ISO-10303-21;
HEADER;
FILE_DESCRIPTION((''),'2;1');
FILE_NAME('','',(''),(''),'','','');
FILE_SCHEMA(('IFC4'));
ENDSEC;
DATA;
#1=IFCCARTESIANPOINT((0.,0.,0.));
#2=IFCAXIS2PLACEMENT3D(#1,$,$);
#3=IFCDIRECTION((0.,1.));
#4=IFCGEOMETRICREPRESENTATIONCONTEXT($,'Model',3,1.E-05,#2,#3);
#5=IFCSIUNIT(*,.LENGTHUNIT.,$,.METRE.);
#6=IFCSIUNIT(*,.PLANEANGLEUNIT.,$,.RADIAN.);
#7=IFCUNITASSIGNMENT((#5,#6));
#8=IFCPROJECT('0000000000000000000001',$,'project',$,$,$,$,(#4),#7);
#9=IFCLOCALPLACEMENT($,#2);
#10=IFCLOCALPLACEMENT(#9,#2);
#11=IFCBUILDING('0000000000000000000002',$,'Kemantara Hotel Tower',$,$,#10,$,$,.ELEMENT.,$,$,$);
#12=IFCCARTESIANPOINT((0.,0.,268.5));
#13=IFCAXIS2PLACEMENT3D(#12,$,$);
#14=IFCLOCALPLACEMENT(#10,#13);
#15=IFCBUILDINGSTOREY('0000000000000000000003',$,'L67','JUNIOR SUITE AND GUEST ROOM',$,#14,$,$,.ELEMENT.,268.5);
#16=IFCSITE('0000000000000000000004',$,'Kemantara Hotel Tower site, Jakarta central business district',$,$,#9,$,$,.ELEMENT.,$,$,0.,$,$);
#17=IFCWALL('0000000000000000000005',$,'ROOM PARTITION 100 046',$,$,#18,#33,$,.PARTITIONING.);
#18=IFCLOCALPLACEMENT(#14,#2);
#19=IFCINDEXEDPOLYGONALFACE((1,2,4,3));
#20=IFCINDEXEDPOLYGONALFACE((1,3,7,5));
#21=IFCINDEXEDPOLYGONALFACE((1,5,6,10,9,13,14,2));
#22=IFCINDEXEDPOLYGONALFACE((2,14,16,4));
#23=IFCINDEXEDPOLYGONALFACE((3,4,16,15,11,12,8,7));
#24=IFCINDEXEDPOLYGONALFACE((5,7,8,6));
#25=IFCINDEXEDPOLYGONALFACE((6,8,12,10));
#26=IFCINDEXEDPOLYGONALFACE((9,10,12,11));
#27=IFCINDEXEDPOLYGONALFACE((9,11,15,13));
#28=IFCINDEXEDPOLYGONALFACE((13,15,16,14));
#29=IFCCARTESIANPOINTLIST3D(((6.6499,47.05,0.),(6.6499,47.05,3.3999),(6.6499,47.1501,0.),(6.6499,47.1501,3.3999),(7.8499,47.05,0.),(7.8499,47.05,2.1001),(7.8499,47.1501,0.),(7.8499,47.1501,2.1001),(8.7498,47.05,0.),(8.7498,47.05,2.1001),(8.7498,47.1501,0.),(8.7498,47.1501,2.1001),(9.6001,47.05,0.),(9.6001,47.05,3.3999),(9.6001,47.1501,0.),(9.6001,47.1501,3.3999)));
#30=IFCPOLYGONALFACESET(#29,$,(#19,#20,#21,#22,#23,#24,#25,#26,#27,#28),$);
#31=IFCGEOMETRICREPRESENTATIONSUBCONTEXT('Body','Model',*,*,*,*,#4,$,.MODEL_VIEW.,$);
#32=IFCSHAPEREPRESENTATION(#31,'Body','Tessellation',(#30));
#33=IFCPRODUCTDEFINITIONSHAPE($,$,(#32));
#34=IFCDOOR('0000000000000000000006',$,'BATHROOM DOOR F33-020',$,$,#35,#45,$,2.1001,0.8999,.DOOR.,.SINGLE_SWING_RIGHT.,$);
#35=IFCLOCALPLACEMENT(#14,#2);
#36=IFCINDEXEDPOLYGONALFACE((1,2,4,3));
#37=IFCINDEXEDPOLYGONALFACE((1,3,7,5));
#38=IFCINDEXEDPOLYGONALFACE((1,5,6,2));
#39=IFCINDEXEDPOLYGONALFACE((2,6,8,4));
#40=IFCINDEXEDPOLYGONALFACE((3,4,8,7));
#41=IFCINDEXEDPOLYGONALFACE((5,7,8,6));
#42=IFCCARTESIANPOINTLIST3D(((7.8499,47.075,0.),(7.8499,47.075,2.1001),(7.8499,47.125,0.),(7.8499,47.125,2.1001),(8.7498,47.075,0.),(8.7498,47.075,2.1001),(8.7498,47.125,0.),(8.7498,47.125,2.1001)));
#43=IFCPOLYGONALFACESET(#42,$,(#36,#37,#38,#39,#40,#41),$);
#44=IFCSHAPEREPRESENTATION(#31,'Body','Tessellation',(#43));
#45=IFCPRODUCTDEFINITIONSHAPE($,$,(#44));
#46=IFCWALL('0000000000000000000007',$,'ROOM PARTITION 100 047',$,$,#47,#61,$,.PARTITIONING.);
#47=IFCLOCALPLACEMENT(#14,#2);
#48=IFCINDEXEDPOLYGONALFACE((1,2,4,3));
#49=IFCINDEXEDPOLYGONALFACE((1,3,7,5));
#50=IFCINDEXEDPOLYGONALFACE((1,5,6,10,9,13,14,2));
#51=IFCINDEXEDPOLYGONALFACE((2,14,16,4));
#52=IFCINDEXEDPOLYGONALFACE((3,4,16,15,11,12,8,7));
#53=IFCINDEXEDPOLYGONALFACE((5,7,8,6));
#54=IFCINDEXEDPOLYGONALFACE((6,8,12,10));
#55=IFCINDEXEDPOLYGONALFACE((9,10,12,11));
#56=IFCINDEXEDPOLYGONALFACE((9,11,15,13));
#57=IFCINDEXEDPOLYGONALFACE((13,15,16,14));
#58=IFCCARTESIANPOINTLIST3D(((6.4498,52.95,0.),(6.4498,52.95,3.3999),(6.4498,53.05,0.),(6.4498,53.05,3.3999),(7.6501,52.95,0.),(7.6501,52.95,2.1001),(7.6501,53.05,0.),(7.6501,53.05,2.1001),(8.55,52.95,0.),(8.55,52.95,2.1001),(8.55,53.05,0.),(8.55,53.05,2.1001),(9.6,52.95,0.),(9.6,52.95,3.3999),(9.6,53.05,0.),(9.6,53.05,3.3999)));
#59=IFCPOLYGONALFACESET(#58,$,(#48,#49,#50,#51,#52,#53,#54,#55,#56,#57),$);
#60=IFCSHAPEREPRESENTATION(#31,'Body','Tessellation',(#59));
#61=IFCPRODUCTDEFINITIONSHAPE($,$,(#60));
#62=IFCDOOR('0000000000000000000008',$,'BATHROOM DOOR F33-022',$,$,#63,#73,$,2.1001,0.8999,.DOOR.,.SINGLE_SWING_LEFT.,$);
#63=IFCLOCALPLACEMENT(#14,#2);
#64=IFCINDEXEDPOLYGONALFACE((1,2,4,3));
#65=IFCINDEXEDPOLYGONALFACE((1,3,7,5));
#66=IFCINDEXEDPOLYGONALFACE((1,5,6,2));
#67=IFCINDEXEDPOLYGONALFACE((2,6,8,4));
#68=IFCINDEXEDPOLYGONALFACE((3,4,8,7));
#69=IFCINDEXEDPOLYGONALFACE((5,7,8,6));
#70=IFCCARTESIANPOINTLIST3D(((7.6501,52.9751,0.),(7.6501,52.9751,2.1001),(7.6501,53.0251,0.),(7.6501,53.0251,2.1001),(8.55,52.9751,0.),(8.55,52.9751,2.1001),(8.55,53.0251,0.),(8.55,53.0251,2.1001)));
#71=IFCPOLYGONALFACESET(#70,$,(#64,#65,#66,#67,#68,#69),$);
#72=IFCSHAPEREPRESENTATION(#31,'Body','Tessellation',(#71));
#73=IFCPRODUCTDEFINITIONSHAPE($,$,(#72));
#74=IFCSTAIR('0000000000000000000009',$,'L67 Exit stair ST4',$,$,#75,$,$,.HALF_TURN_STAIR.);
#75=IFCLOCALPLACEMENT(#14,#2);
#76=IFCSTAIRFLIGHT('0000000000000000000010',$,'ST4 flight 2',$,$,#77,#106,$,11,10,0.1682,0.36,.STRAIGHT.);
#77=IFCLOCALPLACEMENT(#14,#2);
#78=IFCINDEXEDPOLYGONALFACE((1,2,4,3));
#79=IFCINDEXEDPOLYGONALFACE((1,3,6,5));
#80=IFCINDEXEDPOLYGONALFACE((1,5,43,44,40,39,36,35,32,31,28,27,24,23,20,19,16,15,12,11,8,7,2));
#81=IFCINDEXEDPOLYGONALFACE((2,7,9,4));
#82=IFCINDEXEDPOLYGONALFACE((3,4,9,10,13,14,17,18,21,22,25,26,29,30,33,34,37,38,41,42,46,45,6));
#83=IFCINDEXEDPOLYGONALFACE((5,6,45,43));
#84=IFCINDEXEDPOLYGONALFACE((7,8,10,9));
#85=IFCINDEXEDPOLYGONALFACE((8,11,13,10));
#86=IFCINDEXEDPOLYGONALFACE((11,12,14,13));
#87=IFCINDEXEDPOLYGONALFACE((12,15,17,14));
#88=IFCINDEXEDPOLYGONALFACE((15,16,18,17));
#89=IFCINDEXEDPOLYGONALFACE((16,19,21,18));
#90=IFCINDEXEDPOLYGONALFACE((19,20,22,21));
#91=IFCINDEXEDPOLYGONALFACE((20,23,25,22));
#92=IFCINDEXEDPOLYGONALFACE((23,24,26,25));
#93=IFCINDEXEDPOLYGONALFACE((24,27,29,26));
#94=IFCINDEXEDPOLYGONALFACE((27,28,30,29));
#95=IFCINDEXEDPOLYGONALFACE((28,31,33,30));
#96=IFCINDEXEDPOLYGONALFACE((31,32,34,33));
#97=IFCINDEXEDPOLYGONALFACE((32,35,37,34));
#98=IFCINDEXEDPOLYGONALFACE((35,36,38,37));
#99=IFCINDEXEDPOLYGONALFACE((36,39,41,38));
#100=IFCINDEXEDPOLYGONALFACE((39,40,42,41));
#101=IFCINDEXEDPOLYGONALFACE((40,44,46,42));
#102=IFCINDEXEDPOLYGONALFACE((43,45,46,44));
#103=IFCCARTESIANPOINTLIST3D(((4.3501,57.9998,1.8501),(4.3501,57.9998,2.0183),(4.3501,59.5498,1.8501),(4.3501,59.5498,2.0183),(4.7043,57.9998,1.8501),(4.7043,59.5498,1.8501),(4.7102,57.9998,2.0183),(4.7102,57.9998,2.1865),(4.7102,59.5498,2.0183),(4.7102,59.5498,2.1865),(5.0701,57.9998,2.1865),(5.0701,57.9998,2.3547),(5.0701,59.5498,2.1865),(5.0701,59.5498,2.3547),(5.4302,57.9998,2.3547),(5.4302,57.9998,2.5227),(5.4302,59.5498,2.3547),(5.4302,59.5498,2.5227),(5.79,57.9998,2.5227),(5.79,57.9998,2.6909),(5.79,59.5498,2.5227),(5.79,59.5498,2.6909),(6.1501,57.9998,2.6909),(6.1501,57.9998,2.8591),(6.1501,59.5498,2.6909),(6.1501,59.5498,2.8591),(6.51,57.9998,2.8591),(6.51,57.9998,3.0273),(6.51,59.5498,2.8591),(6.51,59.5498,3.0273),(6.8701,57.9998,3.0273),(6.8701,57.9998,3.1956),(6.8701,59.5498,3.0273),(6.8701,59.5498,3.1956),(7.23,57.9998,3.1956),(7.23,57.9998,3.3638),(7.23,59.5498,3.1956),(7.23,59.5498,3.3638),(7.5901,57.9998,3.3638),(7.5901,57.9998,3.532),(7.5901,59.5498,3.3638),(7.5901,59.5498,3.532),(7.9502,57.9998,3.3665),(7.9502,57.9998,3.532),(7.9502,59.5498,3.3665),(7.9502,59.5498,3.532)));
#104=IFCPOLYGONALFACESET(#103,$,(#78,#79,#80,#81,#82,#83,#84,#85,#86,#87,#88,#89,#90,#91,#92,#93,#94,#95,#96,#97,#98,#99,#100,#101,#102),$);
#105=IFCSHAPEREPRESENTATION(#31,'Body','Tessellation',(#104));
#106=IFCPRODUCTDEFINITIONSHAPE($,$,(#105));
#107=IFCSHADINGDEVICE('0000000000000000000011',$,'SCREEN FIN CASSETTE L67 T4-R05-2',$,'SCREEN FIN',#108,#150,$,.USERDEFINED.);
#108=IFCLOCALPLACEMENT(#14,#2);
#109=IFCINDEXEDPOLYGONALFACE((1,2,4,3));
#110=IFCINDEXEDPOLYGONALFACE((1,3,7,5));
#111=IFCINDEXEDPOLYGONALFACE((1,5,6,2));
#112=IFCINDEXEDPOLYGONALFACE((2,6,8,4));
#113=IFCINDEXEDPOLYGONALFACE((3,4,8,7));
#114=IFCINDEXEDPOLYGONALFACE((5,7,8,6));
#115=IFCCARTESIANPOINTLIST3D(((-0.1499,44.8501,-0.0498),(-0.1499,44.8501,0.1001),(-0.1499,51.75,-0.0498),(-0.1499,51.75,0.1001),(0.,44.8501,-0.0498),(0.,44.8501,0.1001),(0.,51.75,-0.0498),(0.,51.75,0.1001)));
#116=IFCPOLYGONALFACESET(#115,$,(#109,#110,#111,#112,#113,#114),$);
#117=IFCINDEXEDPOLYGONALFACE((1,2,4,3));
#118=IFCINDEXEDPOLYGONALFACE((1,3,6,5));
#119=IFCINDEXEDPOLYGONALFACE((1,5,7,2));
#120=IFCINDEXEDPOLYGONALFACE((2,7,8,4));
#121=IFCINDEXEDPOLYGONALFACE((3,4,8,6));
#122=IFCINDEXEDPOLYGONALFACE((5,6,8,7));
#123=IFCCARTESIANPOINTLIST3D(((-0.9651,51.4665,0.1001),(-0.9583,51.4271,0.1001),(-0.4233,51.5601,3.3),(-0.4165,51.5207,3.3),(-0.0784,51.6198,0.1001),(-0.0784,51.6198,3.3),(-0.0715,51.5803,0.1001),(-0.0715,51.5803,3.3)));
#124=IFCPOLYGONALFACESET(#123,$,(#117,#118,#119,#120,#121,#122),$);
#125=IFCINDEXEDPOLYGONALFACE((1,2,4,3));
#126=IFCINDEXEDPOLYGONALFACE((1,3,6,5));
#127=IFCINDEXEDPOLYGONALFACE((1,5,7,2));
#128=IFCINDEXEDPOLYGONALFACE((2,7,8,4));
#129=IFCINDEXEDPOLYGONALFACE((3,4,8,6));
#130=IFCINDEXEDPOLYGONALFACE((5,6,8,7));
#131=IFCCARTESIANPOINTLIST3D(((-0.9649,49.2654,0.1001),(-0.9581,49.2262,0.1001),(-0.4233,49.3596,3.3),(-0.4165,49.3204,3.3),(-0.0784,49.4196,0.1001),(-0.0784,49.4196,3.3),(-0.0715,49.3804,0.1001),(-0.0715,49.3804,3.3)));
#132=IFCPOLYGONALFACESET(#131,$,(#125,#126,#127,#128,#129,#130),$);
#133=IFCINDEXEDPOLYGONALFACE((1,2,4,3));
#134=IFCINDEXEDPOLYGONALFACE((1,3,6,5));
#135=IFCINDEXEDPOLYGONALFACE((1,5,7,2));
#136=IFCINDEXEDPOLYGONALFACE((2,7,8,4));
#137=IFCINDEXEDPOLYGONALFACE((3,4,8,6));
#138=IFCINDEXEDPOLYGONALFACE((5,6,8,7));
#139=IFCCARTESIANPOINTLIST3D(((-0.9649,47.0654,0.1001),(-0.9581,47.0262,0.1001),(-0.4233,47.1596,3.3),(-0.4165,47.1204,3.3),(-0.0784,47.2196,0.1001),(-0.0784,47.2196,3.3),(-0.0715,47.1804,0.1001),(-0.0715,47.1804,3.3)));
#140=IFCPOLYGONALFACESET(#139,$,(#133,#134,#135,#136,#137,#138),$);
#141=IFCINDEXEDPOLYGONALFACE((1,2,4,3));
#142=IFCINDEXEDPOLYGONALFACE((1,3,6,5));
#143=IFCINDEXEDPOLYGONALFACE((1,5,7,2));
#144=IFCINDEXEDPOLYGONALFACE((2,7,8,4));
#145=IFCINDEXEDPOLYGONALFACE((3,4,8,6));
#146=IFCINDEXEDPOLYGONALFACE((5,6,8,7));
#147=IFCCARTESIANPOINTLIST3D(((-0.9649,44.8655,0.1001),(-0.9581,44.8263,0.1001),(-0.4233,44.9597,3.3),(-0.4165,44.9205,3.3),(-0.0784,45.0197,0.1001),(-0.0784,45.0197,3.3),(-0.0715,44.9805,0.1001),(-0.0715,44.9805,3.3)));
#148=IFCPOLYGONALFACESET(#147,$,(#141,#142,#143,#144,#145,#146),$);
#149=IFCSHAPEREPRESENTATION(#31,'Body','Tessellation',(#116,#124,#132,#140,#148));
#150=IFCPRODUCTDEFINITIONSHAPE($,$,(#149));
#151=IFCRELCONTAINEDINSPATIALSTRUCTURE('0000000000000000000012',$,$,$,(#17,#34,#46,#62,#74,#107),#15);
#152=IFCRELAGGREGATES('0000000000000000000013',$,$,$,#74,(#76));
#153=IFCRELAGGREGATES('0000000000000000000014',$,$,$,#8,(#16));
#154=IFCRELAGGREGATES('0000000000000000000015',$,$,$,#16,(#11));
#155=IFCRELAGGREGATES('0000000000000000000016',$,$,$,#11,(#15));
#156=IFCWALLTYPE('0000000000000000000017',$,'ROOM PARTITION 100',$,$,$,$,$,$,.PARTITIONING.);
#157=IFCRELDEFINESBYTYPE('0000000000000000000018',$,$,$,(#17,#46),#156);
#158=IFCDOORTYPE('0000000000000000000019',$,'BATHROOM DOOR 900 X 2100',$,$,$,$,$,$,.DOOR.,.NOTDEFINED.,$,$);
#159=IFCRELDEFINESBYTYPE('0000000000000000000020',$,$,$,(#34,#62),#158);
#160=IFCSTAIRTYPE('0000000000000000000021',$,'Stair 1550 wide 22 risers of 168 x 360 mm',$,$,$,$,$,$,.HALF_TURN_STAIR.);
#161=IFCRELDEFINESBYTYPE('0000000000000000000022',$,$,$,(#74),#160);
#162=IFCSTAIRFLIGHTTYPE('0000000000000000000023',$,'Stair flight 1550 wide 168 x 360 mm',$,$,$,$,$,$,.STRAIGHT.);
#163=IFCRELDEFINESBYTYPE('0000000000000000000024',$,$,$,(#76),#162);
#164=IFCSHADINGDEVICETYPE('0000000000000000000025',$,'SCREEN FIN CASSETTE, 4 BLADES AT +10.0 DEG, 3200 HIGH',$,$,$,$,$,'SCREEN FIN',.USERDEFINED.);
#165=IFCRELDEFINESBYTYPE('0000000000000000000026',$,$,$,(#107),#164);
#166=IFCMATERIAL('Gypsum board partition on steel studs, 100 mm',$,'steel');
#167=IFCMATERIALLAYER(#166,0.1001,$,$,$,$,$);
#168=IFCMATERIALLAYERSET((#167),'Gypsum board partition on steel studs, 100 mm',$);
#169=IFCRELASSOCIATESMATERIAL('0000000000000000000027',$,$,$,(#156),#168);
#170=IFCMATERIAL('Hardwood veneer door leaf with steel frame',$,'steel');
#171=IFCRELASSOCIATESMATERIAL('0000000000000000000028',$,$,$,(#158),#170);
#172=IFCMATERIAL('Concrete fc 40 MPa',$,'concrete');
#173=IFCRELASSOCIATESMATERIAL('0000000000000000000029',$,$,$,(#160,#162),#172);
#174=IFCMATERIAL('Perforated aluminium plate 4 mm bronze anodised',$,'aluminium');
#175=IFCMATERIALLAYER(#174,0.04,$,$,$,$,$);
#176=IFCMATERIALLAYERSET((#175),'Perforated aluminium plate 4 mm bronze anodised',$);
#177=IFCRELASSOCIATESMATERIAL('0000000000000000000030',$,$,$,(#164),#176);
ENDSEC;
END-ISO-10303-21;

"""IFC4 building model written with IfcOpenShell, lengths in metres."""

from ifc_helpers import new_model, si_unit, direction, frame, frame_2d, origin, origin_2d, place, context, subcontext, project, spatial, polyline, rectangle, outline, extrude, source, transform, mapped, material, layer, layer_set, type_object, element, fill, aggregate, save


model = new_model("IFC4")

# Units and contexts
model_context = context("Model", 3, precision=1e-05, world=origin(), true_north=direction((0.0, 1.0)))
body_context = subcontext(model_context, "Body", "Model", "MODEL_VIEW")
ifc_project = project(units=[si_unit("LENGTHUNIT", "METRE"), si_unit("PLANEANGLEUNIT", "RADIAN")], contexts=[model_context])

# Site, building, storey
site_placement = place(None, origin())
site = spatial("IfcSite", under=ifc_project, at=site_placement, Name="Kemantara Hotel Tower site, Jakarta central business district", CompositionType="ELEMENT", RefElevation=0.0)
building_placement = place(site_placement, origin())
building = spatial("IfcBuilding", under=site, at=building_placement, Name="Kemantara Hotel Tower", CompositionType="ELEMENT")
storey_placement = place(building_placement, frame((0.0, 0.0, 268.5)))
storey = spatial("IfcBuildingStorey", under=building, at=storey_placement, Name="L67", Description="JUNIOR SUITE AND GUEST ROOM", CompositionType="ELEMENT", Elevation=268.5)

# Shared definitions
ifc_material_1 = material(Name="Hardwood veneer door leaf with steel frame", Category="steel")
ifc_material_2 = material(Name="Concrete fc 40 MPa", Category="concrete")

# Shared definitions
ifc_material_3 = material(Name="Gypsum board partition on steel studs, 100 mm", Category="steel")
ifc_layer_1 = layer(ifc_material_3, 0.1001)
ifc_layer_set_1 = layer_set([ifc_layer_1], Name="Gypsum board partition on steel studs, 100 mm")
wall_type_1 = type_object("IfcWallType", Name="ROOM PARTITION 100", PredefinedType="PARTITIONING", material=ifc_layer_set_1)

# Walls, openings, doors
wall_1_placement = place(storey_placement, frame((6.6499, 47.1001, 0.0), z_axis=(0.0, 0.0, 1.0), x_axis=(1.0, 0.0, 0.0)))
wall_1 = element("IfcWall", 1, at=wall_1_placement, inside=storey, type_object=wall_type_1, Name="ROOM PARTITION 100 046", PredefinedType="PARTITIONING", context=body_context, shape_type="SweptSolid", body=[
    extrude(rectangle(XDim=2.9502, YDim=0.1001, at=frame_2d((1.4751, 0.0))), origin(), (0.0, 0.0, 1.0), 3.3999),
])
opening_1_placement = place(wall_1_placement, frame((1.2, 0.0, 0.0)))
opening_1 = element("IfcOpeningElement", 2, at=opening_1_placement, cuts=wall_1, PredefinedType="OPENING", context=body_context, shape_type="SweptSolid", body=[
    extrude(rectangle(XDim=0.8999, YDim=2.1001, at=frame_2d((0.45, 1.05))), frame((0.0, 0.0601, 0.0), z_axis=(0.0, -1.0, 0.0), x_axis=(1.0, 0.0, 0.0)), (0.0, 0.0, 1.0), 0.1201),
])
door_type_1 = type_object("IfcDoorType", Name="BATHROOM DOOR 900 X 2100", OperationType="NOTDEFINED", PredefinedType="DOOR", material=ifc_material_1)
door_1_placement = place(opening_1_placement, origin())
door_1 = element("IfcDoor", 3, at=door_1_placement, inside=storey, type_object=door_type_1, Name="BATHROOM DOOR F33-020", OperationType="SINGLE_SWING_RIGHT", OverallHeight=2.1001, OverallWidth=0.8999, PredefinedType="DOOR", context=body_context, shape_type="SweptSolid", body=[
    extrude(rectangle(XDim=0.8999, YDim=2.1001, at=frame_2d((0.45, 1.05))), frame((0.0, 0.0249, 0.0), z_axis=(0.0, -1.0, 0.0), x_axis=(1.0, 0.0, 0.0)), (0.0, 0.0, 1.0), 0.05),
])
fill(opening_1, door_1)
wall_2_placement = place(storey_placement, frame((9.6001, 53.0, 0.0), z_axis=(0.0, 0.0, 1.0), x_axis=(-1.0, 0.0, 0.0)))
wall_2 = element("IfcWall", 4, at=wall_2_placement, inside=storey, type_object=wall_type_1, Name="ROOM PARTITION 100 047", PredefinedType="PARTITIONING", context=body_context, shape_type="SweptSolid", body=[
    extrude(rectangle(XDim=3.1501, YDim=0.1001, at=frame_2d((1.5752, 0.0))), origin(), (0.0, 0.0, 1.0), 3.3999),
])
opening_2_placement = place(wall_2_placement, frame((1.05, 0.0, 0.0)))
opening_2 = element("IfcOpeningElement", 5, at=opening_2_placement, cuts=wall_2, PredefinedType="OPENING", context=body_context, shape_type="SweptSolid", body=[
    extrude(rectangle(XDim=0.8999, YDim=2.1001, at=frame_2d((0.45, 1.05))), frame((0.0, 0.0601, 0.0), z_axis=(0.0, -1.0, 0.0), x_axis=(1.0, 0.0, 0.0)), (0.0, 0.0, 1.0), 0.1201),
])
door_2_placement = place(opening_2_placement, origin())
door_2 = element("IfcDoor", 6, at=door_2_placement, inside=storey, type_object=door_type_1, Name="BATHROOM DOOR F33-022", OperationType="SINGLE_SWING_LEFT", OverallHeight=2.1001, OverallWidth=0.8999, PredefinedType="DOOR", context=body_context, shape_type="SweptSolid", body=[
    extrude(rectangle(XDim=0.8999, YDim=2.1001, at=frame_2d((0.45, 1.05))), frame((0.0, 0.0249, 0.0), z_axis=(0.0, -1.0, 0.0), x_axis=(1.0, 0.0, 0.0)), (0.0, 0.0, 1.0), 0.05),
])
fill(opening_2, door_2)

# Stair, stair flight
stair_type = type_object("IfcStairType", Name="Stair 1550 wide 22 risers of 168 x 360 mm", PredefinedType="HALF_TURN_STAIR", material=ifc_material_2)
stair_placement = place(storey_placement, origin())
stair = element("IfcStair", 7, at=stair_placement, inside=storey, type_object=stair_type, Name="L67 Exit stair ST4", PredefinedType="HALF_TURN_STAIR")
stair_flight_type = type_object("IfcStairFlightType", Name="Stair flight 1550 wide 168 x 360 mm", PredefinedType="STRAIGHT", material=ifc_material_2)
stair_flight_placement = place(storey_placement, frame((4.3501, 58.7749, 1.8501), z_axis=(0.0, 0.0, 1.0), x_axis=(1.0, 0.0, 0.0)))
stair_flight = element("IfcStairFlight", 8, at=stair_flight_placement, type_object=stair_flight_type, Name="ST4 flight 2", NumberOfRisers=11, NumberOfTreads=10, PredefinedType="STRAIGHT", RiserHeight=0.1682, TreadLength=0.36, context=body_context, shape_type="SweptSolid", body=[
    extrude(outline(polyline([(0.0, 0.0), (0.0, 0.1682), (0.3601, 0.1682), (0.3601, 0.3364), (0.72, 0.3364), (0.72, 0.5046), (1.0801, 0.5046), (1.0801, 0.6726), (1.4399, 0.6726), (1.4399, 0.8408), (1.8, 0.8408), (1.8, 1.009), (2.1599, 1.009), (2.1599, 1.1772), (2.52, 1.1772), (2.52, 1.3455), (2.8799, 1.3455), (2.8799, 1.5137), (3.24, 1.5137), (3.24, 1.6819), (3.6001, 1.6819), (3.6001, 1.8501), (3.6001, 1.5164), (0.3542, 0.0), (0.0, 0.0)])), frame((0.0, 0.7749, 0.0), z_axis=(0.0, -1.0, 0.0), x_axis=(1.0, 0.0, 0.0)), (0.0, 0.0, 1.0), 1.55),
])
aggregate(stair, [stair_flight])

# Shading device
ifc_material_4 = material(Name="Perforated aluminium plate 4 mm bronze anodised", Category="aluminium")
ifc_layer_2 = layer(ifc_material_4, 0.04)
ifc_layer_set_2 = layer_set([ifc_layer_2], Name="Perforated aluminium plate 4 mm bronze anodised")
shading_device_type_1 = type_object("IfcShadingDeviceType", Name="SCREEN FIN CASSETTE, 4 BLADES AT +10.0 DEG, 3200 HIGH", ElementType="SCREEN FIN", PredefinedType="USERDEFINED", material=ifc_layer_set_2)
shared_shape_1 = source(origin(), body_context, "Body", "SweptSolid", [
    extrude(rectangle(XDim=6.8999, YDim=0.1499, at=origin_2d()), frame((3.3, -0.075, -0.1499), z_axis=(0.0, 0.0, 1.0), x_axis=(1.0, 0.0, 0.0)), (0.0, 0.0, 1.0), 0.1499),
    extrude(outline(polyline([(0.0, 0.0), (0.8999, 0.0), (0.3501, 3.2), (0.0, 3.2), (0.0, 0.0)])), frame((0.0198, -0.0715, 0.0), z_axis=(-0.98539, -0.170314, 0.0), x_axis=(0.170314, -0.98539, 0.0)), (0.0, 0.0, 1.0), 0.04),
    extrude(outline(polyline([(0.0, 0.0), (0.8999, 0.0), (0.3501, 3.2), (0.0, 3.2), (0.0, 0.0)])), frame((2.2197, -0.0715, 0.0), z_axis=(-0.985212, -0.171341, 0.0), x_axis=(0.171341, -0.985212, 0.0)), (0.0, 0.0, 1.0), 0.0398),
    extrude(outline(polyline([(0.0, 0.0), (0.8999, 0.0), (0.3501, 3.2), (0.0, 3.2), (0.0, 0.0)])), frame((4.4197, -0.0715, 0.0), z_axis=(-0.985212, -0.171341, 0.0), x_axis=(0.171341, -0.985212, 0.0)), (0.0, 0.0, 1.0), 0.0398),
    extrude(outline(polyline([(0.0, 0.0), (0.8999, 0.0), (0.3501, 3.2), (0.0, 3.2), (0.0, 0.0)])), frame((6.6196, -0.0715, 0.0), z_axis=(-0.985212, -0.171341, 0.0), x_axis=(0.171341, -0.985212, 0.0)), (0.0, 0.0, 1.0), 0.0398),
])
shading_device_1_placement = place(storey_placement, frame((0.0, 51.6001, 0.1001), z_axis=(0.0, 0.0, 1.0), x_axis=(0.0, -1.0, 0.0)))
element("IfcShadingDevice", 9, at=shading_device_1_placement, inside=storey, type_object=shading_device_type_1, Name="SCREEN FIN CASSETTE L67 T4-R05-2", ObjectType="SCREEN FIN", PredefinedType="USERDEFINED", context=body_context, shape_type="MappedRepresentation", body=[
    mapped(shared_shape_1, transform((0.0, 0.0, 0.0))),
])

save(model, "model.ifc")
